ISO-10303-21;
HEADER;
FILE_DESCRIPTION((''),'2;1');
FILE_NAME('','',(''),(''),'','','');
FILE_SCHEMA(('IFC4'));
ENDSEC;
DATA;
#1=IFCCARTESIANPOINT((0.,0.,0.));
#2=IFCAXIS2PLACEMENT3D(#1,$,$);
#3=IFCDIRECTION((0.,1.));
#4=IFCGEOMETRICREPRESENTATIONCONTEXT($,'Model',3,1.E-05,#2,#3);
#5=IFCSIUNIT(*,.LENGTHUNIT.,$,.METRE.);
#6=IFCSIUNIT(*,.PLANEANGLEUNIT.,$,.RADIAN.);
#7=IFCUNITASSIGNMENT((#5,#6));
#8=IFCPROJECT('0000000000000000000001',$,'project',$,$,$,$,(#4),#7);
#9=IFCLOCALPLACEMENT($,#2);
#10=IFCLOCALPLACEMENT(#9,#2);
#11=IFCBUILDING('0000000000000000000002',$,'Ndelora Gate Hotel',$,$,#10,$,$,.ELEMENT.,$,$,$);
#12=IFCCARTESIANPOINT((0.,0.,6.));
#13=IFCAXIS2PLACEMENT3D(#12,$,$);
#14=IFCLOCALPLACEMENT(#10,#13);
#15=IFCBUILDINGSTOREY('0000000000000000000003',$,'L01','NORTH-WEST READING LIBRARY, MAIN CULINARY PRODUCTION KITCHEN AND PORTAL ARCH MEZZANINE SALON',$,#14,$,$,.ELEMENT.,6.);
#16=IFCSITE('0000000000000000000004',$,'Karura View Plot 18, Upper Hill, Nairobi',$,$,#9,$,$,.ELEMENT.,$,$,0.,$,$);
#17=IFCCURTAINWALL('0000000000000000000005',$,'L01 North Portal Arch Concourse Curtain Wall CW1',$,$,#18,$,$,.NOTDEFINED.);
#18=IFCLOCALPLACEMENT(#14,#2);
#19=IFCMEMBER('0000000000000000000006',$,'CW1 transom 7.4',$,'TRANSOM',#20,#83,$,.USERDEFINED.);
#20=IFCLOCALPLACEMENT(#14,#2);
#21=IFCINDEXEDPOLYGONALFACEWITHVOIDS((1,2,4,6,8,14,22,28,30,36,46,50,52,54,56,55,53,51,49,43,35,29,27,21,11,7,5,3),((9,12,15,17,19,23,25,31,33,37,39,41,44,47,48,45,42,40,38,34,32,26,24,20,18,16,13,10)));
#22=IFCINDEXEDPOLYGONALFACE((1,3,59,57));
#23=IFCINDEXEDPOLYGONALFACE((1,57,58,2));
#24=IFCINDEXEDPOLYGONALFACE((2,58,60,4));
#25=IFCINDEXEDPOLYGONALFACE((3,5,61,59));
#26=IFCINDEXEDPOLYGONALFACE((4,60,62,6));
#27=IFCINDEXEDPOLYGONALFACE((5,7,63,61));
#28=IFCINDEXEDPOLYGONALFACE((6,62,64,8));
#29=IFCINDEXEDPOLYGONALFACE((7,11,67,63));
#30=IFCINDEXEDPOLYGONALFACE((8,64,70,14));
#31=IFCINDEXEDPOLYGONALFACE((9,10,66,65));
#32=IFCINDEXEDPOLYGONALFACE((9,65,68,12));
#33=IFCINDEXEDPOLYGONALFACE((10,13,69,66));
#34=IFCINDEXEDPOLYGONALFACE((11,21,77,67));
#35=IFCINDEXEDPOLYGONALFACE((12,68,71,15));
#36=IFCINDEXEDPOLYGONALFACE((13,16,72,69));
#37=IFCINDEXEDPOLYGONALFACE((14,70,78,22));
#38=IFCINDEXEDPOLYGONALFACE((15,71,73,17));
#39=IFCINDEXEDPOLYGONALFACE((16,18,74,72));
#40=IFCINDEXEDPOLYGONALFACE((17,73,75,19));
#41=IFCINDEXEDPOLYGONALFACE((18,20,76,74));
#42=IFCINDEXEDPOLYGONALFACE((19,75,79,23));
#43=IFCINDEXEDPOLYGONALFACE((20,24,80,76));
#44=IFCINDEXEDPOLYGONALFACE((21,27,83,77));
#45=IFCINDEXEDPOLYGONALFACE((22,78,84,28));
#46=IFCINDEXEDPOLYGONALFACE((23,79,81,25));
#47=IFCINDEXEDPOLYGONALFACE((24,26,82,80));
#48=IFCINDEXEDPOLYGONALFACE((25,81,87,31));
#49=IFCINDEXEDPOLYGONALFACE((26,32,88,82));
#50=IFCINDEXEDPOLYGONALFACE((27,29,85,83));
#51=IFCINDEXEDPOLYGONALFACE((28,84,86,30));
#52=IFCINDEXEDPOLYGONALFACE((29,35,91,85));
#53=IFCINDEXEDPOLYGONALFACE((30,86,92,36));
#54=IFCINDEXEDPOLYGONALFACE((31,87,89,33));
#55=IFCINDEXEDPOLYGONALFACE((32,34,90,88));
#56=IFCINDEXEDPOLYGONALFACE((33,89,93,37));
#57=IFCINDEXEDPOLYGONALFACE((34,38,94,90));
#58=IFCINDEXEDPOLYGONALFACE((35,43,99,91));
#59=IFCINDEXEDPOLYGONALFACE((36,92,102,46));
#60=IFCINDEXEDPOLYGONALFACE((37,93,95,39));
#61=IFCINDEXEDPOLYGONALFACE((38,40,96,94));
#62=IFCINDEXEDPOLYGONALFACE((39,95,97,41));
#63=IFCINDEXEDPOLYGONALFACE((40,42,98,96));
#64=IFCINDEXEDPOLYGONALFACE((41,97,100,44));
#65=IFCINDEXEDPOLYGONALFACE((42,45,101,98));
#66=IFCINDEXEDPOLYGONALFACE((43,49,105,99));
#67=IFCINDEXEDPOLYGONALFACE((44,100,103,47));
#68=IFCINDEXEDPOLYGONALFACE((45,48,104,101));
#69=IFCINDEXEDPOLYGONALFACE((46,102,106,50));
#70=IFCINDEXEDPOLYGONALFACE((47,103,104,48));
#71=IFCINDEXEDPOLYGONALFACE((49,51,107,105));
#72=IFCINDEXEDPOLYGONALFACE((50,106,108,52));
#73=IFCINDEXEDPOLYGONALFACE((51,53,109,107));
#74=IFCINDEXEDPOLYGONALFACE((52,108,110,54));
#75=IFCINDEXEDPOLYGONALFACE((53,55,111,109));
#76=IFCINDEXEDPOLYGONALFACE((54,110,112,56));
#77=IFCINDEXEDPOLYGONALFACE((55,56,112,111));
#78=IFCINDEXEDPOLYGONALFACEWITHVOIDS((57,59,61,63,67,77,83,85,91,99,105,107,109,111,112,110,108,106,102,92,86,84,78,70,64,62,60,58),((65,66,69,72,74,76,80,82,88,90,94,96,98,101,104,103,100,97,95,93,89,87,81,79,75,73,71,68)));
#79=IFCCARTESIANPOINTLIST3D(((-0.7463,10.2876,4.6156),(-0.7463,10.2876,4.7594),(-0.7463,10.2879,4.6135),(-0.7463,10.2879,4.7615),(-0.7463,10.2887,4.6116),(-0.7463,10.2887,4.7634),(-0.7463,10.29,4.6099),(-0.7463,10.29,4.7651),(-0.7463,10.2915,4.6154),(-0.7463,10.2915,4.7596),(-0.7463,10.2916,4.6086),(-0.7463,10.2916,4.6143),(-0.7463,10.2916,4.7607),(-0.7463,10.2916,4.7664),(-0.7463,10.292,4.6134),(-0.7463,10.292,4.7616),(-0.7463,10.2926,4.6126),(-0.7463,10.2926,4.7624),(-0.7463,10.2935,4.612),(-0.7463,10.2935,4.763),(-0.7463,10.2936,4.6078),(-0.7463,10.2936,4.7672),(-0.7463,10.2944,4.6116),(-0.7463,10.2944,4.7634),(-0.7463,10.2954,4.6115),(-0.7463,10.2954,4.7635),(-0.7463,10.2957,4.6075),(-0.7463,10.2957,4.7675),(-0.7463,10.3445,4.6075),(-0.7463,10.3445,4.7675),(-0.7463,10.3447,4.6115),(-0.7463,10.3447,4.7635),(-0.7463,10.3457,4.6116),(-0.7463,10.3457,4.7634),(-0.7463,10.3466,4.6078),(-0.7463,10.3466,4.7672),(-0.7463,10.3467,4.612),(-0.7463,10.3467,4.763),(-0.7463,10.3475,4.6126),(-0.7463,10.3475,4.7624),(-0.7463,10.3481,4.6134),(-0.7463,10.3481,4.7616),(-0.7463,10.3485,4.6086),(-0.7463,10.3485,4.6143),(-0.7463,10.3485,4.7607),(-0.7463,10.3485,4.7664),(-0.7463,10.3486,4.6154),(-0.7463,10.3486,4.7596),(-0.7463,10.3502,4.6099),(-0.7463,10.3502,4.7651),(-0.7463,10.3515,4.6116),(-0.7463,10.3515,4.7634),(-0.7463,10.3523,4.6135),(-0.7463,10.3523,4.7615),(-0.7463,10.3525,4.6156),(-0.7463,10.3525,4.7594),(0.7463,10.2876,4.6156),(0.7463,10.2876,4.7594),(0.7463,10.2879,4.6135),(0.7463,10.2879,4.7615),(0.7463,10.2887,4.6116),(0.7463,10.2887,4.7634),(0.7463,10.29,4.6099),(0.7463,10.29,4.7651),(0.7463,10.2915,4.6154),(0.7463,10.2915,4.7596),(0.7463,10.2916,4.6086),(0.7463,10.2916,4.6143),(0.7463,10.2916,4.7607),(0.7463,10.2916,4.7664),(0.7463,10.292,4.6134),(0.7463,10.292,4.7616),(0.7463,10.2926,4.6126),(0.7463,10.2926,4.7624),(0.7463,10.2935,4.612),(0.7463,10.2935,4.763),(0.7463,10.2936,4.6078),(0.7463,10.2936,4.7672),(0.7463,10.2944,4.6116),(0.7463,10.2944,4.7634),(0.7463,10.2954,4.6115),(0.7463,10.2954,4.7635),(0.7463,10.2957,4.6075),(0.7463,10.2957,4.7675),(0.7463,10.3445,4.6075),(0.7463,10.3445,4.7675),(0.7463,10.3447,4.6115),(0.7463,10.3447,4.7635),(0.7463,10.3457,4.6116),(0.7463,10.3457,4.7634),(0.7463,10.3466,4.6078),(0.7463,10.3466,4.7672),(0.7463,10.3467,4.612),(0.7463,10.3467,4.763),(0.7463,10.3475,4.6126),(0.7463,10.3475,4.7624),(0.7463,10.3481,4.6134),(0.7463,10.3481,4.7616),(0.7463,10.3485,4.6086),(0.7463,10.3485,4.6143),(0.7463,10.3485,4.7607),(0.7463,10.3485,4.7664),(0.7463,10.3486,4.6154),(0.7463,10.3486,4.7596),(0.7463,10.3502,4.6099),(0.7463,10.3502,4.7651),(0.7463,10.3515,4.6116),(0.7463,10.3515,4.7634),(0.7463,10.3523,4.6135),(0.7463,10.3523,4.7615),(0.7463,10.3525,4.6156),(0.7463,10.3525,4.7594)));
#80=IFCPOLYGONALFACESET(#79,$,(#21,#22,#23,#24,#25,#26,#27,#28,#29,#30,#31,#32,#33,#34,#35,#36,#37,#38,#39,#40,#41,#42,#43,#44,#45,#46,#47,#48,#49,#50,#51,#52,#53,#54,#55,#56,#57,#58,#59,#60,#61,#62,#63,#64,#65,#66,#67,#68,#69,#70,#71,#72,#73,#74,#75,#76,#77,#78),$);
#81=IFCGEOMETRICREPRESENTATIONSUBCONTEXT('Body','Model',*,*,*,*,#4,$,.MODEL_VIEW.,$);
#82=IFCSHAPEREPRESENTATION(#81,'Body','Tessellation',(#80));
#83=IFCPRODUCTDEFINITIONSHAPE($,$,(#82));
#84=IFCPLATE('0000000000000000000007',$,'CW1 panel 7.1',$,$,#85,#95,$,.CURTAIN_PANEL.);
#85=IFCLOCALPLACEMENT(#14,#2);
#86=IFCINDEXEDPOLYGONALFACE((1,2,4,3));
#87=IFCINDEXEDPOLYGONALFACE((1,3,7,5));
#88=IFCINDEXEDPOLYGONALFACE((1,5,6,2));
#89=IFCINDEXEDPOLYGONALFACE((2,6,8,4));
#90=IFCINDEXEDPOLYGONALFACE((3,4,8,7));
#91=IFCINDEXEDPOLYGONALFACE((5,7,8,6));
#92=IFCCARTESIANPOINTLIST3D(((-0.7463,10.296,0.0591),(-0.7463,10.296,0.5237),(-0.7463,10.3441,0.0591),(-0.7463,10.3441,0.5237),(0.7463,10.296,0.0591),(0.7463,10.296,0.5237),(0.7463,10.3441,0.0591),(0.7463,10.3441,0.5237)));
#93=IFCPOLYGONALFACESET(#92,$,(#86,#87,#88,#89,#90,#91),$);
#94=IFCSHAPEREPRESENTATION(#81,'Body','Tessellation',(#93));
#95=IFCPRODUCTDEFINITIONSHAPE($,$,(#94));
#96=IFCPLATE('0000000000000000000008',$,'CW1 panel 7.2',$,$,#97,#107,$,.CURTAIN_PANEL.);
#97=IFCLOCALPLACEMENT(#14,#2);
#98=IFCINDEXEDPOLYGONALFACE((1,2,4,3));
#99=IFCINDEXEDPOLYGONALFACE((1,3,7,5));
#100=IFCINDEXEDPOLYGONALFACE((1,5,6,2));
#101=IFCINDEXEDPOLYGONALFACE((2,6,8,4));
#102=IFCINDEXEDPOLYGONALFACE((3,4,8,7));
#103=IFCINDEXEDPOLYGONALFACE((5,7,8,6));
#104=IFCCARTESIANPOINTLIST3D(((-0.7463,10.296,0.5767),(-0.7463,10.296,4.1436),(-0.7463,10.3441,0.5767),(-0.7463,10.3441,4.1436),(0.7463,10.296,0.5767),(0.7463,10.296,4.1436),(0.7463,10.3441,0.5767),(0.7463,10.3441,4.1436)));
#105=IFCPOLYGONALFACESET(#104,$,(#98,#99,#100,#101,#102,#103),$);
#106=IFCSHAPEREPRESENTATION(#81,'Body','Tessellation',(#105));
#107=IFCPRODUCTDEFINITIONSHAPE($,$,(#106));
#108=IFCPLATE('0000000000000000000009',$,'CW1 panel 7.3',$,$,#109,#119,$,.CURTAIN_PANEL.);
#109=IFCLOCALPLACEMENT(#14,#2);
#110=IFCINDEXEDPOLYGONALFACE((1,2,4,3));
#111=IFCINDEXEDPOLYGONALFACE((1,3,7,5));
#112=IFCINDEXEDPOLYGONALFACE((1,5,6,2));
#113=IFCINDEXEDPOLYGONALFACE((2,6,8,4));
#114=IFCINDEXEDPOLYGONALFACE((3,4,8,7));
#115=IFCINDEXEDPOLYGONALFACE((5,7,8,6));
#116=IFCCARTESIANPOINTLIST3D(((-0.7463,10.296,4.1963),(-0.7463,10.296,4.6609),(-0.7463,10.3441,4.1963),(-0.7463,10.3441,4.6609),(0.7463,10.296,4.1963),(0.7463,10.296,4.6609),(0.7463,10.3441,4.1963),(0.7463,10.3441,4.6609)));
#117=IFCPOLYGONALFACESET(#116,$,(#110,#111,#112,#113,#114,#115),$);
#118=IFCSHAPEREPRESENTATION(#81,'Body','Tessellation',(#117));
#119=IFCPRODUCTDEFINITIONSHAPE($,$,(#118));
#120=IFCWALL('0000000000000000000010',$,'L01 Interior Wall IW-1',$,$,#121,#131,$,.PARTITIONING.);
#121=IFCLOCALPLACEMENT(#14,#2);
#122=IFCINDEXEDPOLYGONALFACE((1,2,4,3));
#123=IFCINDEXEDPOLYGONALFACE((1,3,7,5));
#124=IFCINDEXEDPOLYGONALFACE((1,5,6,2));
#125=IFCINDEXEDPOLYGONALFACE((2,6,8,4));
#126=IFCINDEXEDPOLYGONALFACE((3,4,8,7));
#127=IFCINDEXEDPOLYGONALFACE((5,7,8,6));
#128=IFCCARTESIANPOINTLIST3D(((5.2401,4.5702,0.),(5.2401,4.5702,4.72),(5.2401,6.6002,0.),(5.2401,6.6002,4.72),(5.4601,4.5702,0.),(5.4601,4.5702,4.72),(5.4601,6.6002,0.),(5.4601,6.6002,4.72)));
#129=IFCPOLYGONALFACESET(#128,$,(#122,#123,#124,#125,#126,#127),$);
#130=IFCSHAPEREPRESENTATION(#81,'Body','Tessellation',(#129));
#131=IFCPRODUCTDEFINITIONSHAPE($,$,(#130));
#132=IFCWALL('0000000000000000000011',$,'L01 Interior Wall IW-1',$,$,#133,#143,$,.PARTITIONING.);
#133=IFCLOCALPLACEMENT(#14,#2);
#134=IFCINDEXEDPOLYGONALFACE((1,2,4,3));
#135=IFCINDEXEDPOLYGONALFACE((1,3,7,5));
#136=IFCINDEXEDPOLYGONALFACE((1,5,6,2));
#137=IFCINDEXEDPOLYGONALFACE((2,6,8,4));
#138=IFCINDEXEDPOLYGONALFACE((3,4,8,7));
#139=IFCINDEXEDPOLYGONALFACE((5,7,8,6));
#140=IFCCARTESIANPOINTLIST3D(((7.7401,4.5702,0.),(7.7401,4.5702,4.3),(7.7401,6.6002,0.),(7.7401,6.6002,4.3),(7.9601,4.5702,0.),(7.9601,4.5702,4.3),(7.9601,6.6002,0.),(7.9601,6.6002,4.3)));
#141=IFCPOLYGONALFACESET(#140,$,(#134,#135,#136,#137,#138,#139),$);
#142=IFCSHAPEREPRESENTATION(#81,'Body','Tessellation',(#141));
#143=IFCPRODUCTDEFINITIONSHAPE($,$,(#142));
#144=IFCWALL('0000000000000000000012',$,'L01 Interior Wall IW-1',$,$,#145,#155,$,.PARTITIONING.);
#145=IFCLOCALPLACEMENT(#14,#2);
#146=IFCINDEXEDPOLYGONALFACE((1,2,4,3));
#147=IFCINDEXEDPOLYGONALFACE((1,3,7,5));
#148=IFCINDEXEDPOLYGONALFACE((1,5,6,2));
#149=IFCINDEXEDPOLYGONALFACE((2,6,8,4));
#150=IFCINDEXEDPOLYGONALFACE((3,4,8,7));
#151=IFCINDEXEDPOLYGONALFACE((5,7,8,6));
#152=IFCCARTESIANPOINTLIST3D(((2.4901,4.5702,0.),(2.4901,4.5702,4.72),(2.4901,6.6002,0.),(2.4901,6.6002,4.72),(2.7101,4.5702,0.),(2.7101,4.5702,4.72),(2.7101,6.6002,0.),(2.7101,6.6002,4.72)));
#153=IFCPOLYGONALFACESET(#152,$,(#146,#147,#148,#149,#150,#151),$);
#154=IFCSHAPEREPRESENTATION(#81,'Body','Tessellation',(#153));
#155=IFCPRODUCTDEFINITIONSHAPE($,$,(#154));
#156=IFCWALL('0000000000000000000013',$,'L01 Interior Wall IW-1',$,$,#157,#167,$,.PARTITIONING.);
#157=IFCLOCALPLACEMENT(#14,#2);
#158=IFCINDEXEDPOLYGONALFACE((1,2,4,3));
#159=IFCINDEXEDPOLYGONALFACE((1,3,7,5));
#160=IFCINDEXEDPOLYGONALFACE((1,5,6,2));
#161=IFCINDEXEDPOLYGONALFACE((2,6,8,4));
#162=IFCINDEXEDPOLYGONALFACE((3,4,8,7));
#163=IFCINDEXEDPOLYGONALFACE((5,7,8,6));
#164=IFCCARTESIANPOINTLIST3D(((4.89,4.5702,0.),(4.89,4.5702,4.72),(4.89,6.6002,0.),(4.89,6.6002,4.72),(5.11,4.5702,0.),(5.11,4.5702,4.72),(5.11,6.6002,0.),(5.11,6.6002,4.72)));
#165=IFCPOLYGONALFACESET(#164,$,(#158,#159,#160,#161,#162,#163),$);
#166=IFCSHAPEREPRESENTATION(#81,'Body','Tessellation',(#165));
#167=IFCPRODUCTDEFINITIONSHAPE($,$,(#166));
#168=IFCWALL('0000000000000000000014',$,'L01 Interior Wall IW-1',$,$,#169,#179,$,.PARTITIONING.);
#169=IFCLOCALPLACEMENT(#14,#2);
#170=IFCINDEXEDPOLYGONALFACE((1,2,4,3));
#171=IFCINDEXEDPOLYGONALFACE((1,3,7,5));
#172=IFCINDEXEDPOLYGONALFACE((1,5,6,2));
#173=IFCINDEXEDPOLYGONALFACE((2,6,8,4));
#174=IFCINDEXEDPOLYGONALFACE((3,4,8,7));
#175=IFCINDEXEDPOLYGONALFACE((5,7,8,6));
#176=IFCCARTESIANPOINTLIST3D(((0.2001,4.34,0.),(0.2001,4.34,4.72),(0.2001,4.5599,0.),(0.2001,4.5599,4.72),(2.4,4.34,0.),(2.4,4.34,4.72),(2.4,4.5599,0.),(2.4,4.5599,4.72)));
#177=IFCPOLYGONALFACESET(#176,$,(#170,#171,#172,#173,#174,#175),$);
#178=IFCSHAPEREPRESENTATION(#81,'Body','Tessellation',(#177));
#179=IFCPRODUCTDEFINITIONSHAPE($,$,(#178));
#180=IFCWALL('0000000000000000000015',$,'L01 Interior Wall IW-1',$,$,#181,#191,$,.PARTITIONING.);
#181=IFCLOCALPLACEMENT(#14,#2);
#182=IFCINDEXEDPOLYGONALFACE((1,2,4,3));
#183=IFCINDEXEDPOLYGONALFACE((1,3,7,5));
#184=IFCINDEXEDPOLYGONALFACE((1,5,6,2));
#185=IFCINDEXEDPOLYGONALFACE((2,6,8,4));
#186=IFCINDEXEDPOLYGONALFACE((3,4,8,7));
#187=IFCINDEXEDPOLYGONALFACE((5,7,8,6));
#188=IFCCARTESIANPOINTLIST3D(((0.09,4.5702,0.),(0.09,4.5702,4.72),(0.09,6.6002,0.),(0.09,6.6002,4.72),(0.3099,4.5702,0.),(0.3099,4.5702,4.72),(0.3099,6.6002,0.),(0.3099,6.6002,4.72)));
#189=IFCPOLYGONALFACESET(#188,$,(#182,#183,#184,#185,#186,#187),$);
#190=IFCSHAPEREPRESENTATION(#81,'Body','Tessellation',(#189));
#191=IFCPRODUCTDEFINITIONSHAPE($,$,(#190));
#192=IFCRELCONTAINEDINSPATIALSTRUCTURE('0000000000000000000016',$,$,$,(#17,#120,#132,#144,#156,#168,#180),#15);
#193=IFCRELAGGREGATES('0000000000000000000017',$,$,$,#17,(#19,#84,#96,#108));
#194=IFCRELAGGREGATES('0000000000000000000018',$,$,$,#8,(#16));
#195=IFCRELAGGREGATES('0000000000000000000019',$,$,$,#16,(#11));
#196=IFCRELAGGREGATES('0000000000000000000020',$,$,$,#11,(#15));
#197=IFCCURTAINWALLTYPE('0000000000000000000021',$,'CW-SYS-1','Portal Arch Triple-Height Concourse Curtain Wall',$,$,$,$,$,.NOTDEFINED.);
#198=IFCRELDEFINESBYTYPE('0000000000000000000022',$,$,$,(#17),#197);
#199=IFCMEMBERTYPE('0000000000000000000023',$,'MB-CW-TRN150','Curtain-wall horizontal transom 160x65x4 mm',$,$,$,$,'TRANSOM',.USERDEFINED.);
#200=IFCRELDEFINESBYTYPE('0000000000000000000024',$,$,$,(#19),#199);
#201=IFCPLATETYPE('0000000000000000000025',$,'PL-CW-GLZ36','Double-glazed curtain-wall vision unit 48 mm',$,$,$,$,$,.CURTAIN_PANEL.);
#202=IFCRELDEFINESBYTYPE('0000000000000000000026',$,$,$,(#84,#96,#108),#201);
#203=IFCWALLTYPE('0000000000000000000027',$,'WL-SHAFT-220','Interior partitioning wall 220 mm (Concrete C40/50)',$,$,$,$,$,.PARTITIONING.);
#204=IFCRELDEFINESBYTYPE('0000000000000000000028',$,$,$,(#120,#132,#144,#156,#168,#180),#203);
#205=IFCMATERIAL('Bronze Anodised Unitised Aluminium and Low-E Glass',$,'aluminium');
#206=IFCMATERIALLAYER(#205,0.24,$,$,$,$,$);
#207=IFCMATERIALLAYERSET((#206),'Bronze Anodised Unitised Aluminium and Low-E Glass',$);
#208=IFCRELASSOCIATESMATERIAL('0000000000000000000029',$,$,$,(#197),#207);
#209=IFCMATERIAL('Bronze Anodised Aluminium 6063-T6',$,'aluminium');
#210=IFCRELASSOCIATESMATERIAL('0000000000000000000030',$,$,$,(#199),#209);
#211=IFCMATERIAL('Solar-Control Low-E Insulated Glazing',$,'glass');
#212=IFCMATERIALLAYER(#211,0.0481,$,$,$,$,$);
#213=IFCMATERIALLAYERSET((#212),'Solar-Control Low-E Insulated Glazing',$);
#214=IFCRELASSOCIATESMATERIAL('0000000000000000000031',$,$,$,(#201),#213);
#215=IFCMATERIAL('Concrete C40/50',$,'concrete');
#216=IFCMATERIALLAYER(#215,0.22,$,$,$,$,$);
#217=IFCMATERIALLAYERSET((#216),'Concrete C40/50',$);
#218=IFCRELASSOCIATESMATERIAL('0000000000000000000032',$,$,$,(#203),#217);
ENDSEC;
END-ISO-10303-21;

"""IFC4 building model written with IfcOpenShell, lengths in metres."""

from ifc_helpers import new_model, si_unit, direction, frame, frame_2d, origin, origin_2d, place, context, subcontext, project, spatial, rectangle, hollow_rectangle, extrude, material, layer, layer_set, material_profile, profile_set, type_object, element, aggregate, save


model = new_model("IFC4")

# Units and contexts
model_context = context("Model", 3, precision=1e-05, world=origin(), true_north=direction((0.0, 1.0)))
body_context = subcontext(model_context, "Body", "Model", "MODEL_VIEW")
ifc_project = project(units=[si_unit("LENGTHUNIT", "METRE"), si_unit("PLANEANGLEUNIT", "RADIAN")], contexts=[model_context])

# Site, building, storey
site_placement = place(None, origin())
site = spatial("IfcSite", under=ifc_project, at=site_placement, Name="Karura View Plot 18, Upper Hill, Nairobi", CompositionType="ELEMENT", RefElevation=0.0)
building_placement = place(site_placement, origin())
building = spatial("IfcBuilding", under=site, at=building_placement, Name="Ndelora Gate Hotel", CompositionType="ELEMENT")
storey_placement = place(building_placement, frame((0.0, 0.0, 6.0)))
storey = spatial("IfcBuildingStorey", under=building, at=storey_placement, Name="L01", Description="NORTH-WEST READING LIBRARY, MAIN CULINARY PRODUCTION KITCHEN AND PORTAL ARCH MEZZANINE SALON", CompositionType="ELEMENT", Elevation=6.0)

# Curtain wall, member, plates
ifc_material_1 = material(Name="Bronze Anodised Unitised Aluminium and Low-E Glass", Category="aluminium")
ifc_layer_1 = layer(ifc_material_1, 0.24)
ifc_layer_set_1 = layer_set([ifc_layer_1], Name="Bronze Anodised Unitised Aluminium and Low-E Glass")
curtain_wall_type = type_object("IfcCurtainWallType", Name="CW-SYS-1", Description="Portal Arch Triple-Height Concourse Curtain Wall", PredefinedType="NOTDEFINED", material=ifc_layer_set_1)
curtain_wall_placement = place(storey_placement, origin())
curtain_wall = element("IfcCurtainWall", 1, at=curtain_wall_placement, inside=storey, type_object=curtain_wall_type, Name="L01 North Portal Arch Concourse Curtain Wall CW1", PredefinedType="NOTDEFINED")
ifc_material_2 = material(Name="Bronze Anodised Aluminium 6063-T6", Category="aluminium")
ifc_material_profile_1 = material_profile(ifc_material_2, hollow_rectangle(XDim=0.0649, YDim=0.1599, WallThickness=0.0039, InnerFilletRadius=0.0039, OuterFilletRadius=0.0081, at=origin_2d()), Name="ALU 160x65x4")
ifc_profile_set_1 = profile_set([ifc_material_profile_1], Name="Bronze Anodised Aluminium 6063-T6")
member_type_1 = type_object("IfcMemberType", Name="MB-CW-TRN150", Description="Curtain-wall horizontal transom 160x65x4 mm", ElementType="TRANSOM", PredefinedType="USERDEFINED", material=ifc_profile_set_1)
member_1_placement = place(storey_placement, frame((0.7463, 10.3201, 4.6875), z_axis=(-1.0, 0.0, 0.0), x_axis=(0.0, -1.0, 0.0)))
member_1 = element("IfcMember", 2, at=member_1_placement, type_object=member_type_1, Name="CW1 transom 7.4", ObjectType="TRANSOM", PredefinedType="USERDEFINED", context=body_context, shape_type="SweptSolid", body=[
    extrude(hollow_rectangle(XDim=0.0649, YDim=0.1599, WallThickness=0.0039, InnerFilletRadius=0.0039, OuterFilletRadius=0.0081, at=origin_2d()), origin(), (0.0, 0.0, 1.0), 1.4927),
])
ifc_material_3 = material(Name="Solar-Control Low-E Insulated Glazing", Category="glass")
ifc_layer_2 = layer(ifc_material_3, 0.0481)
ifc_layer_set_2 = layer_set([ifc_layer_2], Name="Solar-Control Low-E Insulated Glazing")
plate_type = type_object("IfcPlateType", Name="PL-CW-GLZ36", Description="Double-glazed curtain-wall vision unit 48 mm", PredefinedType="CURTAIN_PANEL", material=ifc_layer_set_2)
plate_1_placement = place(storey_placement, frame((0.0, 10.3201, 0.0591), z_axis=(0.0, 0.0, 1.0), x_axis=(-1.0, 0.0, 0.0)))
plate_1 = element("IfcPlate", 3, at=plate_1_placement, type_object=plate_type, Name="CW1 panel 7.1", PredefinedType="CURTAIN_PANEL", context=body_context, shape_type="SweptSolid", body=[
    extrude(rectangle(XDim=1.4927, YDim=0.0481, at=origin_2d()), origin(), (0.0, 0.0, 1.0), 0.4646),
])
plate_2_placement = place(storey_placement, frame((0.0, 10.3201, 0.5767), z_axis=(0.0, 0.0, 1.0), x_axis=(-1.0, 0.0, 0.0)))
plate_2 = element("IfcPlate", 4, at=plate_2_placement, type_object=plate_type, Name="CW1 panel 7.2", PredefinedType="CURTAIN_PANEL", context=body_context, shape_type="SweptSolid", body=[
    extrude(rectangle(XDim=1.4927, YDim=0.0481, at=origin_2d()), origin(), (0.0, 0.0, 1.0), 3.5669),
])
plate_3_placement = place(storey_placement, frame((0.0, 10.3201, 4.1963), z_axis=(0.0, 0.0, 1.0), x_axis=(-1.0, 0.0, 0.0)))
plate_3 = element("IfcPlate", 5, at=plate_3_placement, type_object=plate_type, Name="CW1 panel 7.3", PredefinedType="CURTAIN_PANEL", context=body_context, shape_type="SweptSolid", body=[
    extrude(rectangle(XDim=1.4927, YDim=0.0481, at=origin_2d()), origin(), (0.0, 0.0, 1.0), 0.4646),
])
aggregate(curtain_wall, [member_1, plate_1, plate_2, plate_3])

# Shared definitions
ifc_material_4 = material(Name="Concrete C40/50", Category="concrete")
ifc_layer_3 = layer(ifc_material_4, 0.22)
ifc_layer_set_3 = layer_set([ifc_layer_3], Name="Concrete C40/50")
wall_type = type_object("IfcWallType", Name="WL-SHAFT-220", Description="Interior partitioning wall 220 mm (Concrete C40/50)", PredefinedType="PARTITIONING", material=ifc_layer_set_3)

# Walls
wall_1_placement = place(storey_placement, frame((5.3501, 4.5701, 0.0), z_axis=(0.0, 0.0, 1.0), x_axis=(0.0, 1.0, 0.0)))
element("IfcWall", 6, at=wall_1_placement, inside=storey, type_object=wall_type, Name="L01 Interior Wall IW-1", PredefinedType="PARTITIONING", context=body_context, shape_type="SweptSolid", body=[
    extrude(rectangle(XDim=2.03, YDim=0.22, at=frame_2d((1.0151, 0.0))), origin(), (0.0, 0.0, 1.0), 4.72),
])
wall_2_placement = place(storey_placement, frame((7.8501, 4.5701, 0.0), z_axis=(0.0, 0.0, 1.0), x_axis=(0.0, 1.0, 0.0)))
element("IfcWall", 7, at=wall_2_placement, inside=storey, type_object=wall_type, Name="L01 Interior Wall IW-1", PredefinedType="PARTITIONING", context=body_context, shape_type="SweptSolid", body=[
    extrude(rectangle(XDim=2.03, YDim=0.22, at=frame_2d((1.0151, 0.0))), origin(), (0.0, 0.0, 1.0), 4.3),
])

# Walls
for number, where, z_axis, x_axis, name in (
    (8, (2.6001, 4.5701, 0.0), (0.0, 0.0, 1.0), (0.0, 1.0, 0.0), "L01 Interior Wall IW-1"),
    (9, (5.0, 4.5701, 0.0), (0.0, 0.0, 1.0), (0.0, 1.0, 0.0), "L01 Interior Wall IW-1"),
):
    element("IfcWall", number, at=place(storey_placement, frame(where, z_axis=z_axis, x_axis=x_axis)), inside=storey, type_object=wall_type, Name=name, PredefinedType="PARTITIONING", context=body_context, shape_type="SweptSolid", body=[
        extrude(rectangle(XDim=2.03, YDim=0.22, at=frame_2d((1.0151, 0.0))), origin(), (0.0, 0.0, 1.0), 4.72),
    ])
wall_3_placement = place(storey_placement, frame((0.2, 4.45, 0.0), z_axis=(0.0, 0.0, 1.0), x_axis=(1.0, 0.0, 0.0)))
element("IfcWall", 10, at=wall_3_placement, inside=storey, type_object=wall_type, Name="L01 Interior Wall IW-1", PredefinedType="PARTITIONING", context=body_context, shape_type="SweptSolid", body=[
    extrude(rectangle(XDim=2.2, YDim=0.22, at=frame_2d((1.1001, 0.0))), origin(), (0.0, 0.0, 1.0), 4.72),
])
wall_4_placement = place(storey_placement, frame((0.2, 4.5701, 0.0), z_axis=(0.0, 0.0, 1.0), x_axis=(0.0, 1.0, 0.0)))
element("IfcWall", 11, at=wall_4_placement, inside=storey, type_object=wall_type, Name="L01 Interior Wall IW-1", PredefinedType="PARTITIONING", context=body_context, shape_type="SweptSolid", body=[
    extrude(rectangle(XDim=2.03, YDim=0.22, at=frame_2d((1.0151, 0.0))), origin(), (0.0, 0.0, 1.0), 4.72),
])

save(model, "model.ifc")
